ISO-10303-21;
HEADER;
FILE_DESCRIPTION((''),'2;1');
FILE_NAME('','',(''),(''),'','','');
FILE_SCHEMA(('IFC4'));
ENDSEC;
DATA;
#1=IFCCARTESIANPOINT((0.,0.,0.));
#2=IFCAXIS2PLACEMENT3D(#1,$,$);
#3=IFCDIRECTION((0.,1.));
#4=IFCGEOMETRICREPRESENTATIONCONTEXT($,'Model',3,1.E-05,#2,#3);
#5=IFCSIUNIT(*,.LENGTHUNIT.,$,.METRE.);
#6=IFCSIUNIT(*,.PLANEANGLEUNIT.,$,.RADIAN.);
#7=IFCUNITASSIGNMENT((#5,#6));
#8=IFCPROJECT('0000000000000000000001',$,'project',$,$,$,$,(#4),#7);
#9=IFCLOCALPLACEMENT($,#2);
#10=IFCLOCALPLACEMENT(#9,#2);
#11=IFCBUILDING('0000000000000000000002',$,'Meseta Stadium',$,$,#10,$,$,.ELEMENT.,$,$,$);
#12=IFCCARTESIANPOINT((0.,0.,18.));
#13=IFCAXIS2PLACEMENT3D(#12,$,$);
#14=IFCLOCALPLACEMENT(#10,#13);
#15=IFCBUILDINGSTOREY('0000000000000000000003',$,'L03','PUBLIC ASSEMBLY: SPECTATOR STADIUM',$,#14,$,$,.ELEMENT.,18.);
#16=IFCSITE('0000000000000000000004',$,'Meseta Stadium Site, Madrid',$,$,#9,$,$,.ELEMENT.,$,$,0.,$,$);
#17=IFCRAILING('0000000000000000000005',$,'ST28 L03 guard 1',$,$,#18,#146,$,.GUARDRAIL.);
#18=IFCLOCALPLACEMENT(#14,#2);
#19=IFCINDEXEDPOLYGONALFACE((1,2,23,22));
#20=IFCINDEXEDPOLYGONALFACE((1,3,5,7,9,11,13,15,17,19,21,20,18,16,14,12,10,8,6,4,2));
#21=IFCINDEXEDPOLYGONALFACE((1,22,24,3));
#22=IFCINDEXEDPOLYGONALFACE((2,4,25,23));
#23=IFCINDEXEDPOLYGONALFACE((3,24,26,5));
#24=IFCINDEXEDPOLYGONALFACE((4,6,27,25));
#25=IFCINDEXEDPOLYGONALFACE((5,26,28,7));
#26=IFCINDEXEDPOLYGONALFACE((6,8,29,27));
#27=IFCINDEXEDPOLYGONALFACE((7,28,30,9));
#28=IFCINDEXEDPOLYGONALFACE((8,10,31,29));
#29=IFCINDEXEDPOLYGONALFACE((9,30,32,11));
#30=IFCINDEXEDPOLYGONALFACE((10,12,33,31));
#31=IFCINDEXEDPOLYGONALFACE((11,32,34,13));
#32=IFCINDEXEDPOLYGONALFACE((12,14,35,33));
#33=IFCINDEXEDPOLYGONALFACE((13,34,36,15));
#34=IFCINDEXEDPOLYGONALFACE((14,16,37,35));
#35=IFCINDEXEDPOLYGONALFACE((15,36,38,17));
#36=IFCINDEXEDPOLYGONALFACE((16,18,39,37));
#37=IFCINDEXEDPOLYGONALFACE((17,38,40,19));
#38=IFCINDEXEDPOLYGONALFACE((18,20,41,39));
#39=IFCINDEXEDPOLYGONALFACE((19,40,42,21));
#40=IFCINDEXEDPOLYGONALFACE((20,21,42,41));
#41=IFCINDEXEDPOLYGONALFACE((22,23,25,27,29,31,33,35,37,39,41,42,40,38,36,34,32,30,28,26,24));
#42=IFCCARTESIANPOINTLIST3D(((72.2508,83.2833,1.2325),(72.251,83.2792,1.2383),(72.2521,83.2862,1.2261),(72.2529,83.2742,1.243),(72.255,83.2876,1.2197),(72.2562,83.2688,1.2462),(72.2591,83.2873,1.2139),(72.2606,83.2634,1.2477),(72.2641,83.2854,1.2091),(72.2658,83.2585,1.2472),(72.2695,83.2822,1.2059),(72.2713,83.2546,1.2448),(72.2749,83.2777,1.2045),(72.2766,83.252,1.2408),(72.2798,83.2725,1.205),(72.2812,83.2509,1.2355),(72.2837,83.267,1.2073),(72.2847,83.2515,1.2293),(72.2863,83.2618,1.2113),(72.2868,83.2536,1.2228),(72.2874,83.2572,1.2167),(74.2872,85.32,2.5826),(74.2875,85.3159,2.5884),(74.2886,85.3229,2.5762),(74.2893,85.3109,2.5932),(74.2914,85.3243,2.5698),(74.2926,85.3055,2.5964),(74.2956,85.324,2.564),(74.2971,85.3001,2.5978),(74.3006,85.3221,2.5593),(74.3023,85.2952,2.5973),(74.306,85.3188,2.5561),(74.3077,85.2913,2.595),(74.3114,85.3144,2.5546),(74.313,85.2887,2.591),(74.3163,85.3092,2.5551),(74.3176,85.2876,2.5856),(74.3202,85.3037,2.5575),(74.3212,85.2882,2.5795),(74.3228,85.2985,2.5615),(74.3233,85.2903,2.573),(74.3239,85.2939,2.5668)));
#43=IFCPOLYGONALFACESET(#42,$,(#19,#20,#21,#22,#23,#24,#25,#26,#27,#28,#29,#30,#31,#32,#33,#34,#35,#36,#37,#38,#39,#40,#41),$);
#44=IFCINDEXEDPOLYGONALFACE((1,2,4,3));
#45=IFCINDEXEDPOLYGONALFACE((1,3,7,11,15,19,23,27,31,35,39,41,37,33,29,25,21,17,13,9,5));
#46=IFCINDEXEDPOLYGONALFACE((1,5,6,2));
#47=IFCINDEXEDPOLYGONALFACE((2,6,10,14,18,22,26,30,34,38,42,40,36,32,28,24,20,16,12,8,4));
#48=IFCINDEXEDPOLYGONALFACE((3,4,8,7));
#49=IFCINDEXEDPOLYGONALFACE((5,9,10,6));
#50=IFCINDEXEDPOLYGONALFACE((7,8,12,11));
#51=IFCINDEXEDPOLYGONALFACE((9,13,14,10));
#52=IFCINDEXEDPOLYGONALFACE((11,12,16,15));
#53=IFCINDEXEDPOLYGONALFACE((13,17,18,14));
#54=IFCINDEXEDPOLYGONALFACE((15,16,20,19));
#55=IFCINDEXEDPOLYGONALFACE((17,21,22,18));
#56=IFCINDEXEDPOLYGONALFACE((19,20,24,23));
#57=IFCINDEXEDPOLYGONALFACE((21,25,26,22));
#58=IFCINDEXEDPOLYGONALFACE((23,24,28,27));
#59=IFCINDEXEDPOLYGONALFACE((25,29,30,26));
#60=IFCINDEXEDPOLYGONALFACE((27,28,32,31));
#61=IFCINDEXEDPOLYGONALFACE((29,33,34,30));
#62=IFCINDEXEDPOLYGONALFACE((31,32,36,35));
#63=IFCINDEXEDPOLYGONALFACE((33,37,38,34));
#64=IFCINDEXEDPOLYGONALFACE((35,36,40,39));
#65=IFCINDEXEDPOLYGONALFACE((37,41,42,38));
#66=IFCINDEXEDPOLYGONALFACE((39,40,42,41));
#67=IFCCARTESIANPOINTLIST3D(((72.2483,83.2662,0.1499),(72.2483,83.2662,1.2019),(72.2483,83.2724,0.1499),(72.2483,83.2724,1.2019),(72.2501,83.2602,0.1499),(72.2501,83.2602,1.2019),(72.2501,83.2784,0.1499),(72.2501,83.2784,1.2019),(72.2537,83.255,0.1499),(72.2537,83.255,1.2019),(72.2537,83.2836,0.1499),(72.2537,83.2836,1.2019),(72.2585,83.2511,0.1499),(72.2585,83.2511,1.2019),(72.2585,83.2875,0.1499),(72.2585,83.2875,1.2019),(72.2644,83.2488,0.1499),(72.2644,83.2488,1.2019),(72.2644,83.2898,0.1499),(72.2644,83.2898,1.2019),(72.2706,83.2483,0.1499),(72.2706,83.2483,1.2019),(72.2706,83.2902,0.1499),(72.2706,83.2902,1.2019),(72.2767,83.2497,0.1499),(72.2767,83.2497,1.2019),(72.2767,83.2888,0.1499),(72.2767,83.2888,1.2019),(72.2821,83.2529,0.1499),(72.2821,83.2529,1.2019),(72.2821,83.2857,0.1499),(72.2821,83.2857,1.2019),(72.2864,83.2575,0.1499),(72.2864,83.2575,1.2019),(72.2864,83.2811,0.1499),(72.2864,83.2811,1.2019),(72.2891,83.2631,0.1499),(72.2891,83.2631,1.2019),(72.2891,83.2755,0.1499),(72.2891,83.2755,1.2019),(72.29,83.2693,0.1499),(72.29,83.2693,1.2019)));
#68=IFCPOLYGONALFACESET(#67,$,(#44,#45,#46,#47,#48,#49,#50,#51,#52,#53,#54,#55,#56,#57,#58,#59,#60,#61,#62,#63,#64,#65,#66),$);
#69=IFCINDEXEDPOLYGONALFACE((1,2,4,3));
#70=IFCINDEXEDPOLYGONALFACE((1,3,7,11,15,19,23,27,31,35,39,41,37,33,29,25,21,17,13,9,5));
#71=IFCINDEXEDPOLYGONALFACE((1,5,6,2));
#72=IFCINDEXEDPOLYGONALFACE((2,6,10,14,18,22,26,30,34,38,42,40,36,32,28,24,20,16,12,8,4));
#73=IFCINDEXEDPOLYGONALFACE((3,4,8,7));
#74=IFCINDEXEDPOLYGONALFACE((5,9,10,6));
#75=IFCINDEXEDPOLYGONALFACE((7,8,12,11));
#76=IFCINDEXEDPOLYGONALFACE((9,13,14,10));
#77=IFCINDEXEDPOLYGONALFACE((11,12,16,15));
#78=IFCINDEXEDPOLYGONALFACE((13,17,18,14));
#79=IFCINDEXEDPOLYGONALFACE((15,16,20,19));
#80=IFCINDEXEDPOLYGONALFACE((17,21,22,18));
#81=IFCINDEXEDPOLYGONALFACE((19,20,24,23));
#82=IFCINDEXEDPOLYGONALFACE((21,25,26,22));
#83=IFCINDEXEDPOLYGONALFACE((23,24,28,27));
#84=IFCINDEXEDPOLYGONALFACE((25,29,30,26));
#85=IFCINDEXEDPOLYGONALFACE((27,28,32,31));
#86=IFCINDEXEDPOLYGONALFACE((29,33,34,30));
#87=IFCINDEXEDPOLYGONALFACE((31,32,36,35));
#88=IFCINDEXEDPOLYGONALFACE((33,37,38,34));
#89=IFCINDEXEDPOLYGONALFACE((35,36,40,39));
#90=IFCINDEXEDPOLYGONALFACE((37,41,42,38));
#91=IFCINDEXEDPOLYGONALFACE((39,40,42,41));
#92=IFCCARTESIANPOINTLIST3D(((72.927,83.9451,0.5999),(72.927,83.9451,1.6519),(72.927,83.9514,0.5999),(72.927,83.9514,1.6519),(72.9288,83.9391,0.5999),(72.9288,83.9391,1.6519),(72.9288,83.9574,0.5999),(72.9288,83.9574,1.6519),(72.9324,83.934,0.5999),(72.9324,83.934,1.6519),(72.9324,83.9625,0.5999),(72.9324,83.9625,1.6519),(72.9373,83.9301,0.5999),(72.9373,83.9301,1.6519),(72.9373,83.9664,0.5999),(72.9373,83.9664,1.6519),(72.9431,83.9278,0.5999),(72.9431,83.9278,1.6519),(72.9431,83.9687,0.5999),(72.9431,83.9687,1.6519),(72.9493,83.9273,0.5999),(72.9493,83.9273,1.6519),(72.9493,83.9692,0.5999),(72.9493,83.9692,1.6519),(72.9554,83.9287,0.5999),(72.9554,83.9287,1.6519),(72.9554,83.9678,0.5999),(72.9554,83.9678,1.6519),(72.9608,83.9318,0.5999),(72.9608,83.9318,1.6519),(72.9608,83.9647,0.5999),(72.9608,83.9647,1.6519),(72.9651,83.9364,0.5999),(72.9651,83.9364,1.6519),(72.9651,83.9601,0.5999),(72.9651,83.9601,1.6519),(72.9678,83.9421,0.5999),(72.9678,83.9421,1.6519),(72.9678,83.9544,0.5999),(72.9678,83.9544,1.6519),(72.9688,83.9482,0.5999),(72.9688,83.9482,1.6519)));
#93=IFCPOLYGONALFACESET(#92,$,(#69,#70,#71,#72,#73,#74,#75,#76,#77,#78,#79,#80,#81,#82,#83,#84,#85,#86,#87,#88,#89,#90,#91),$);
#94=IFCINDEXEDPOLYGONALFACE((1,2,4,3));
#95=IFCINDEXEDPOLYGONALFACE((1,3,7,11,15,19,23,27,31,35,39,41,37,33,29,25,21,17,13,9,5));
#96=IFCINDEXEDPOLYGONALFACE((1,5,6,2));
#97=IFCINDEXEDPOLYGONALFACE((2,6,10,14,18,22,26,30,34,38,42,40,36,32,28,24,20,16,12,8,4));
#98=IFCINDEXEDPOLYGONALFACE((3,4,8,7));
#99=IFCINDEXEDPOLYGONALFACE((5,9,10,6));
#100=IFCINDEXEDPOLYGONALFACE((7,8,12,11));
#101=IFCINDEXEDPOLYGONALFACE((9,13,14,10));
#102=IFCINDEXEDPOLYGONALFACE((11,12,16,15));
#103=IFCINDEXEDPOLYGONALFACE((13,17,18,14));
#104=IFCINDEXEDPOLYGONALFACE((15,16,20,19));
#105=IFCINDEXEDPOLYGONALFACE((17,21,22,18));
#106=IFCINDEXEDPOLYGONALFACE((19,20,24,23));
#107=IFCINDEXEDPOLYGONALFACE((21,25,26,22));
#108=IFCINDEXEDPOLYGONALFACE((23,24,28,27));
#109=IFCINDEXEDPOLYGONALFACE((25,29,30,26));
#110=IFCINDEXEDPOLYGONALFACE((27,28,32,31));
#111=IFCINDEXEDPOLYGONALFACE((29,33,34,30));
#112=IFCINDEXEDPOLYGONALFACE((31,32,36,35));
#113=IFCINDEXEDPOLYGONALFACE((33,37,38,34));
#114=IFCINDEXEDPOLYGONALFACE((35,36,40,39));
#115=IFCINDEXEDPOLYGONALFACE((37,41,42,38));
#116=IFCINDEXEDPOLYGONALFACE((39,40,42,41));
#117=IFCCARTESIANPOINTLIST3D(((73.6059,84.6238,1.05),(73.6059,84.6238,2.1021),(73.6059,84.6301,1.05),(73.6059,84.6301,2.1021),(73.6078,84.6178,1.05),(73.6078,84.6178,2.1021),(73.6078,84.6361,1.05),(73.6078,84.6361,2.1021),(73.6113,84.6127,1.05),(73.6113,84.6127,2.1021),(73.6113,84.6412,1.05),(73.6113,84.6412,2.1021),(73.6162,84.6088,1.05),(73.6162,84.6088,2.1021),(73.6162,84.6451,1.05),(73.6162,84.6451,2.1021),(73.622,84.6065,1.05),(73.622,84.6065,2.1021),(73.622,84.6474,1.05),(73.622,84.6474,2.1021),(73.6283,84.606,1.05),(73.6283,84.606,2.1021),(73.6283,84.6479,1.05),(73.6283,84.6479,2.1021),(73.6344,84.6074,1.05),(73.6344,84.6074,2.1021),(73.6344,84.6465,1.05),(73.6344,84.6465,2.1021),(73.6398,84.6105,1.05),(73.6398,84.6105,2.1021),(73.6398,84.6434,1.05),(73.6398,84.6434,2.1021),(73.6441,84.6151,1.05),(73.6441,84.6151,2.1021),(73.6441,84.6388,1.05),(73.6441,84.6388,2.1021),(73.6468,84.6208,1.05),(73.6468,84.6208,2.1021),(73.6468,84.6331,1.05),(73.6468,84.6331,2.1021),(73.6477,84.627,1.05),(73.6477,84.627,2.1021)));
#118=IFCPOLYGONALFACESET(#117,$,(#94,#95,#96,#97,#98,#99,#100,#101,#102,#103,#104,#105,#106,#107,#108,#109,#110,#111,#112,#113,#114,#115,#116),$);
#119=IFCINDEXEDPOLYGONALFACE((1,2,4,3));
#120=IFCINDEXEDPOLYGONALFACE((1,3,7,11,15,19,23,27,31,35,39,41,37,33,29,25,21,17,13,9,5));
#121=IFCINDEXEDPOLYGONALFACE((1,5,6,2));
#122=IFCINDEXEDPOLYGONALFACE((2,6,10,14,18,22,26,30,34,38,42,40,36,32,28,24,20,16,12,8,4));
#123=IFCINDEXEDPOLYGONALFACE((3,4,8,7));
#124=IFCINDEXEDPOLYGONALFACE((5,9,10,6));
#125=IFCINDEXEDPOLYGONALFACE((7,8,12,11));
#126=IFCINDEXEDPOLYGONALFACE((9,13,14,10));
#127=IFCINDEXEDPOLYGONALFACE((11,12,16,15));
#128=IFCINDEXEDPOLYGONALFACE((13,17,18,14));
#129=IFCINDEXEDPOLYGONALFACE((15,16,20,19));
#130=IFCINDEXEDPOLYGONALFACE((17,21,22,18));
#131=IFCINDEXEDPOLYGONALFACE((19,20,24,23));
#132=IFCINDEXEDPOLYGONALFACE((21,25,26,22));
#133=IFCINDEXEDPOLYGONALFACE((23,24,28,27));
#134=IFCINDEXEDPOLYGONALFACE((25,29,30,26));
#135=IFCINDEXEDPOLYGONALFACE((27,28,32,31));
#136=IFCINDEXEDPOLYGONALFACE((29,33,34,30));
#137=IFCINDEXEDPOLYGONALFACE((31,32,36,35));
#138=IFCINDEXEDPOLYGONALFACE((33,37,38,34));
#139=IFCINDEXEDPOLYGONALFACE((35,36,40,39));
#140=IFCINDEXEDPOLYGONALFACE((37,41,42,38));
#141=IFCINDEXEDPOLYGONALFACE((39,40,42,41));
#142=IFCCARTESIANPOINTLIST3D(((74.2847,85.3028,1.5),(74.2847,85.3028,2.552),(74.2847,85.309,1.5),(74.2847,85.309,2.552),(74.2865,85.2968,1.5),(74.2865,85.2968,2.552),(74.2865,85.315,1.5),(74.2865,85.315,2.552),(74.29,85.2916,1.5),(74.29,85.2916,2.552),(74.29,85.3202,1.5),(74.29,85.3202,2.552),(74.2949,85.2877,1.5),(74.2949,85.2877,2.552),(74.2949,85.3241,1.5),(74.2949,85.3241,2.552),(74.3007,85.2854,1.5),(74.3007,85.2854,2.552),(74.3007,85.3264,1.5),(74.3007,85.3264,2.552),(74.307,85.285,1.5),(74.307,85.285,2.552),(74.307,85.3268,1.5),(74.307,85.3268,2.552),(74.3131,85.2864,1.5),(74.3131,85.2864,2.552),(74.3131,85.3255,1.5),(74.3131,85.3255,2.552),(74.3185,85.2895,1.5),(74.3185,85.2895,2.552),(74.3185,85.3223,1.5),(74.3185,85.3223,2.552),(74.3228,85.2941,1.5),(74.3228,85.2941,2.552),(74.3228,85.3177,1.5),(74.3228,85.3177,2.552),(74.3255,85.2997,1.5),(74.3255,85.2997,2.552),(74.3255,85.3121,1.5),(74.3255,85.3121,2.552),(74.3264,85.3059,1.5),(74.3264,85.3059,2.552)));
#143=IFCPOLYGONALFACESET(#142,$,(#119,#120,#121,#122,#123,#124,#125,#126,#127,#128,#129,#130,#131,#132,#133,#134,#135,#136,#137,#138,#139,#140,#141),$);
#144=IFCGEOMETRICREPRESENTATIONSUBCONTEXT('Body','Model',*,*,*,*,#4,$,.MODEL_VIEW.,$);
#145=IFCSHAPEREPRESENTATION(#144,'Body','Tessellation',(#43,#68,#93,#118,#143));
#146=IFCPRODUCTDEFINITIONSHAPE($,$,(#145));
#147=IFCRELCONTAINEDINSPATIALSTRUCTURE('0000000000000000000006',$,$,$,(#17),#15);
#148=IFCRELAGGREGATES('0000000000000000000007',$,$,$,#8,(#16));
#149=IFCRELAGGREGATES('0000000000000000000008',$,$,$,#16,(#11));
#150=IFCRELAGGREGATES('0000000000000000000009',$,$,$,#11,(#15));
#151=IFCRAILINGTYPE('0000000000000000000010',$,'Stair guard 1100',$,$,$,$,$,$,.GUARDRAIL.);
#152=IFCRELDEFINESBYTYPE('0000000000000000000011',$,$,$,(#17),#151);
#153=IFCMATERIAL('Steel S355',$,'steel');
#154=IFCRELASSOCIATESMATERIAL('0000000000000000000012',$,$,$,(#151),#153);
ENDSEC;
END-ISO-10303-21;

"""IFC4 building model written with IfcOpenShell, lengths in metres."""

from ifc_helpers import new_model, si_unit, direction, frame, origin, origin_2d, place, context, subcontext, project, spatial, circle, extrude, material, type_object, element, save


model = new_model("IFC4")

# Units and contexts
model_context = context("Model", 3, precision=1e-05, world=origin(), true_north=direction((0.0, 1.0)))
body_context = subcontext(model_context, "Body", "Model", "MODEL_VIEW")
ifc_project = project(units=[si_unit("LENGTHUNIT", "METRE"), si_unit("PLANEANGLEUNIT", "RADIAN")], contexts=[model_context])

# Site, building, storey
site_placement = place(None, origin())
site = spatial("IfcSite", under=ifc_project, at=site_placement, Name="Meseta Stadium Site, Madrid", CompositionType="ELEMENT", RefElevation=0.0)
building_placement = place(site_placement, origin())
building = spatial("IfcBuilding", under=site, at=building_placement, Name="Meseta Stadium", CompositionType="ELEMENT")
storey_placement = place(building_placement, frame((0.0, 0.0, 18.0)))
storey = spatial("IfcBuildingStorey", under=building, at=storey_placement, Name="L03", Description="PUBLIC ASSEMBLY: SPECTATOR STADIUM", CompositionType="ELEMENT", Elevation=18.0)

# Railing
ifc_material_1 = material(Name="Steel S355", Category="steel")
railing_type_1 = type_object("IfcRailingType", Name="Stair guard 1100", PredefinedType="GUARDRAIL", material=ifc_material_1)
railing_1_placement = place(storey_placement, frame((72.269, 83.2693, 0.1499)))
element("IfcRailing", 1, at=railing_1_placement, inside=storey, type_object=railing_type_1, Name="ST28 L03 guard 1", PredefinedType="GUARDRAIL", context=body_context, shape_type="SweptSolid", body=[
    extrude(circle(Radius=0.0239, at=origin_2d()), frame((0.0, 0.0, 1.0762), z_axis=(0.640211, 0.640288, 0.424454), x_axis=(-0.707149, 0.707064, 0.0)), (0.0, 0.0, 1.0), 3.1809),
    extrude(circle(Radius=0.021, at=origin_2d()), origin(), (0.0, 0.0, 1.0), 1.052),
    extrude(circle(Radius=0.021, at=origin_2d()), frame((0.6787, 0.679, 0.45)), (0.0, 0.0, 1.0), 1.052),
    extrude(circle(Radius=0.021, at=origin_2d()), frame((1.3577, 1.3577, 0.9001)), (0.0, 0.0, 1.0), 1.052),
    extrude(circle(Radius=0.021, at=origin_2d()), frame((2.0364, 2.0366, 1.3501)), (0.0, 0.0, 1.0), 1.052),
])

save(model, "model.ifc")
